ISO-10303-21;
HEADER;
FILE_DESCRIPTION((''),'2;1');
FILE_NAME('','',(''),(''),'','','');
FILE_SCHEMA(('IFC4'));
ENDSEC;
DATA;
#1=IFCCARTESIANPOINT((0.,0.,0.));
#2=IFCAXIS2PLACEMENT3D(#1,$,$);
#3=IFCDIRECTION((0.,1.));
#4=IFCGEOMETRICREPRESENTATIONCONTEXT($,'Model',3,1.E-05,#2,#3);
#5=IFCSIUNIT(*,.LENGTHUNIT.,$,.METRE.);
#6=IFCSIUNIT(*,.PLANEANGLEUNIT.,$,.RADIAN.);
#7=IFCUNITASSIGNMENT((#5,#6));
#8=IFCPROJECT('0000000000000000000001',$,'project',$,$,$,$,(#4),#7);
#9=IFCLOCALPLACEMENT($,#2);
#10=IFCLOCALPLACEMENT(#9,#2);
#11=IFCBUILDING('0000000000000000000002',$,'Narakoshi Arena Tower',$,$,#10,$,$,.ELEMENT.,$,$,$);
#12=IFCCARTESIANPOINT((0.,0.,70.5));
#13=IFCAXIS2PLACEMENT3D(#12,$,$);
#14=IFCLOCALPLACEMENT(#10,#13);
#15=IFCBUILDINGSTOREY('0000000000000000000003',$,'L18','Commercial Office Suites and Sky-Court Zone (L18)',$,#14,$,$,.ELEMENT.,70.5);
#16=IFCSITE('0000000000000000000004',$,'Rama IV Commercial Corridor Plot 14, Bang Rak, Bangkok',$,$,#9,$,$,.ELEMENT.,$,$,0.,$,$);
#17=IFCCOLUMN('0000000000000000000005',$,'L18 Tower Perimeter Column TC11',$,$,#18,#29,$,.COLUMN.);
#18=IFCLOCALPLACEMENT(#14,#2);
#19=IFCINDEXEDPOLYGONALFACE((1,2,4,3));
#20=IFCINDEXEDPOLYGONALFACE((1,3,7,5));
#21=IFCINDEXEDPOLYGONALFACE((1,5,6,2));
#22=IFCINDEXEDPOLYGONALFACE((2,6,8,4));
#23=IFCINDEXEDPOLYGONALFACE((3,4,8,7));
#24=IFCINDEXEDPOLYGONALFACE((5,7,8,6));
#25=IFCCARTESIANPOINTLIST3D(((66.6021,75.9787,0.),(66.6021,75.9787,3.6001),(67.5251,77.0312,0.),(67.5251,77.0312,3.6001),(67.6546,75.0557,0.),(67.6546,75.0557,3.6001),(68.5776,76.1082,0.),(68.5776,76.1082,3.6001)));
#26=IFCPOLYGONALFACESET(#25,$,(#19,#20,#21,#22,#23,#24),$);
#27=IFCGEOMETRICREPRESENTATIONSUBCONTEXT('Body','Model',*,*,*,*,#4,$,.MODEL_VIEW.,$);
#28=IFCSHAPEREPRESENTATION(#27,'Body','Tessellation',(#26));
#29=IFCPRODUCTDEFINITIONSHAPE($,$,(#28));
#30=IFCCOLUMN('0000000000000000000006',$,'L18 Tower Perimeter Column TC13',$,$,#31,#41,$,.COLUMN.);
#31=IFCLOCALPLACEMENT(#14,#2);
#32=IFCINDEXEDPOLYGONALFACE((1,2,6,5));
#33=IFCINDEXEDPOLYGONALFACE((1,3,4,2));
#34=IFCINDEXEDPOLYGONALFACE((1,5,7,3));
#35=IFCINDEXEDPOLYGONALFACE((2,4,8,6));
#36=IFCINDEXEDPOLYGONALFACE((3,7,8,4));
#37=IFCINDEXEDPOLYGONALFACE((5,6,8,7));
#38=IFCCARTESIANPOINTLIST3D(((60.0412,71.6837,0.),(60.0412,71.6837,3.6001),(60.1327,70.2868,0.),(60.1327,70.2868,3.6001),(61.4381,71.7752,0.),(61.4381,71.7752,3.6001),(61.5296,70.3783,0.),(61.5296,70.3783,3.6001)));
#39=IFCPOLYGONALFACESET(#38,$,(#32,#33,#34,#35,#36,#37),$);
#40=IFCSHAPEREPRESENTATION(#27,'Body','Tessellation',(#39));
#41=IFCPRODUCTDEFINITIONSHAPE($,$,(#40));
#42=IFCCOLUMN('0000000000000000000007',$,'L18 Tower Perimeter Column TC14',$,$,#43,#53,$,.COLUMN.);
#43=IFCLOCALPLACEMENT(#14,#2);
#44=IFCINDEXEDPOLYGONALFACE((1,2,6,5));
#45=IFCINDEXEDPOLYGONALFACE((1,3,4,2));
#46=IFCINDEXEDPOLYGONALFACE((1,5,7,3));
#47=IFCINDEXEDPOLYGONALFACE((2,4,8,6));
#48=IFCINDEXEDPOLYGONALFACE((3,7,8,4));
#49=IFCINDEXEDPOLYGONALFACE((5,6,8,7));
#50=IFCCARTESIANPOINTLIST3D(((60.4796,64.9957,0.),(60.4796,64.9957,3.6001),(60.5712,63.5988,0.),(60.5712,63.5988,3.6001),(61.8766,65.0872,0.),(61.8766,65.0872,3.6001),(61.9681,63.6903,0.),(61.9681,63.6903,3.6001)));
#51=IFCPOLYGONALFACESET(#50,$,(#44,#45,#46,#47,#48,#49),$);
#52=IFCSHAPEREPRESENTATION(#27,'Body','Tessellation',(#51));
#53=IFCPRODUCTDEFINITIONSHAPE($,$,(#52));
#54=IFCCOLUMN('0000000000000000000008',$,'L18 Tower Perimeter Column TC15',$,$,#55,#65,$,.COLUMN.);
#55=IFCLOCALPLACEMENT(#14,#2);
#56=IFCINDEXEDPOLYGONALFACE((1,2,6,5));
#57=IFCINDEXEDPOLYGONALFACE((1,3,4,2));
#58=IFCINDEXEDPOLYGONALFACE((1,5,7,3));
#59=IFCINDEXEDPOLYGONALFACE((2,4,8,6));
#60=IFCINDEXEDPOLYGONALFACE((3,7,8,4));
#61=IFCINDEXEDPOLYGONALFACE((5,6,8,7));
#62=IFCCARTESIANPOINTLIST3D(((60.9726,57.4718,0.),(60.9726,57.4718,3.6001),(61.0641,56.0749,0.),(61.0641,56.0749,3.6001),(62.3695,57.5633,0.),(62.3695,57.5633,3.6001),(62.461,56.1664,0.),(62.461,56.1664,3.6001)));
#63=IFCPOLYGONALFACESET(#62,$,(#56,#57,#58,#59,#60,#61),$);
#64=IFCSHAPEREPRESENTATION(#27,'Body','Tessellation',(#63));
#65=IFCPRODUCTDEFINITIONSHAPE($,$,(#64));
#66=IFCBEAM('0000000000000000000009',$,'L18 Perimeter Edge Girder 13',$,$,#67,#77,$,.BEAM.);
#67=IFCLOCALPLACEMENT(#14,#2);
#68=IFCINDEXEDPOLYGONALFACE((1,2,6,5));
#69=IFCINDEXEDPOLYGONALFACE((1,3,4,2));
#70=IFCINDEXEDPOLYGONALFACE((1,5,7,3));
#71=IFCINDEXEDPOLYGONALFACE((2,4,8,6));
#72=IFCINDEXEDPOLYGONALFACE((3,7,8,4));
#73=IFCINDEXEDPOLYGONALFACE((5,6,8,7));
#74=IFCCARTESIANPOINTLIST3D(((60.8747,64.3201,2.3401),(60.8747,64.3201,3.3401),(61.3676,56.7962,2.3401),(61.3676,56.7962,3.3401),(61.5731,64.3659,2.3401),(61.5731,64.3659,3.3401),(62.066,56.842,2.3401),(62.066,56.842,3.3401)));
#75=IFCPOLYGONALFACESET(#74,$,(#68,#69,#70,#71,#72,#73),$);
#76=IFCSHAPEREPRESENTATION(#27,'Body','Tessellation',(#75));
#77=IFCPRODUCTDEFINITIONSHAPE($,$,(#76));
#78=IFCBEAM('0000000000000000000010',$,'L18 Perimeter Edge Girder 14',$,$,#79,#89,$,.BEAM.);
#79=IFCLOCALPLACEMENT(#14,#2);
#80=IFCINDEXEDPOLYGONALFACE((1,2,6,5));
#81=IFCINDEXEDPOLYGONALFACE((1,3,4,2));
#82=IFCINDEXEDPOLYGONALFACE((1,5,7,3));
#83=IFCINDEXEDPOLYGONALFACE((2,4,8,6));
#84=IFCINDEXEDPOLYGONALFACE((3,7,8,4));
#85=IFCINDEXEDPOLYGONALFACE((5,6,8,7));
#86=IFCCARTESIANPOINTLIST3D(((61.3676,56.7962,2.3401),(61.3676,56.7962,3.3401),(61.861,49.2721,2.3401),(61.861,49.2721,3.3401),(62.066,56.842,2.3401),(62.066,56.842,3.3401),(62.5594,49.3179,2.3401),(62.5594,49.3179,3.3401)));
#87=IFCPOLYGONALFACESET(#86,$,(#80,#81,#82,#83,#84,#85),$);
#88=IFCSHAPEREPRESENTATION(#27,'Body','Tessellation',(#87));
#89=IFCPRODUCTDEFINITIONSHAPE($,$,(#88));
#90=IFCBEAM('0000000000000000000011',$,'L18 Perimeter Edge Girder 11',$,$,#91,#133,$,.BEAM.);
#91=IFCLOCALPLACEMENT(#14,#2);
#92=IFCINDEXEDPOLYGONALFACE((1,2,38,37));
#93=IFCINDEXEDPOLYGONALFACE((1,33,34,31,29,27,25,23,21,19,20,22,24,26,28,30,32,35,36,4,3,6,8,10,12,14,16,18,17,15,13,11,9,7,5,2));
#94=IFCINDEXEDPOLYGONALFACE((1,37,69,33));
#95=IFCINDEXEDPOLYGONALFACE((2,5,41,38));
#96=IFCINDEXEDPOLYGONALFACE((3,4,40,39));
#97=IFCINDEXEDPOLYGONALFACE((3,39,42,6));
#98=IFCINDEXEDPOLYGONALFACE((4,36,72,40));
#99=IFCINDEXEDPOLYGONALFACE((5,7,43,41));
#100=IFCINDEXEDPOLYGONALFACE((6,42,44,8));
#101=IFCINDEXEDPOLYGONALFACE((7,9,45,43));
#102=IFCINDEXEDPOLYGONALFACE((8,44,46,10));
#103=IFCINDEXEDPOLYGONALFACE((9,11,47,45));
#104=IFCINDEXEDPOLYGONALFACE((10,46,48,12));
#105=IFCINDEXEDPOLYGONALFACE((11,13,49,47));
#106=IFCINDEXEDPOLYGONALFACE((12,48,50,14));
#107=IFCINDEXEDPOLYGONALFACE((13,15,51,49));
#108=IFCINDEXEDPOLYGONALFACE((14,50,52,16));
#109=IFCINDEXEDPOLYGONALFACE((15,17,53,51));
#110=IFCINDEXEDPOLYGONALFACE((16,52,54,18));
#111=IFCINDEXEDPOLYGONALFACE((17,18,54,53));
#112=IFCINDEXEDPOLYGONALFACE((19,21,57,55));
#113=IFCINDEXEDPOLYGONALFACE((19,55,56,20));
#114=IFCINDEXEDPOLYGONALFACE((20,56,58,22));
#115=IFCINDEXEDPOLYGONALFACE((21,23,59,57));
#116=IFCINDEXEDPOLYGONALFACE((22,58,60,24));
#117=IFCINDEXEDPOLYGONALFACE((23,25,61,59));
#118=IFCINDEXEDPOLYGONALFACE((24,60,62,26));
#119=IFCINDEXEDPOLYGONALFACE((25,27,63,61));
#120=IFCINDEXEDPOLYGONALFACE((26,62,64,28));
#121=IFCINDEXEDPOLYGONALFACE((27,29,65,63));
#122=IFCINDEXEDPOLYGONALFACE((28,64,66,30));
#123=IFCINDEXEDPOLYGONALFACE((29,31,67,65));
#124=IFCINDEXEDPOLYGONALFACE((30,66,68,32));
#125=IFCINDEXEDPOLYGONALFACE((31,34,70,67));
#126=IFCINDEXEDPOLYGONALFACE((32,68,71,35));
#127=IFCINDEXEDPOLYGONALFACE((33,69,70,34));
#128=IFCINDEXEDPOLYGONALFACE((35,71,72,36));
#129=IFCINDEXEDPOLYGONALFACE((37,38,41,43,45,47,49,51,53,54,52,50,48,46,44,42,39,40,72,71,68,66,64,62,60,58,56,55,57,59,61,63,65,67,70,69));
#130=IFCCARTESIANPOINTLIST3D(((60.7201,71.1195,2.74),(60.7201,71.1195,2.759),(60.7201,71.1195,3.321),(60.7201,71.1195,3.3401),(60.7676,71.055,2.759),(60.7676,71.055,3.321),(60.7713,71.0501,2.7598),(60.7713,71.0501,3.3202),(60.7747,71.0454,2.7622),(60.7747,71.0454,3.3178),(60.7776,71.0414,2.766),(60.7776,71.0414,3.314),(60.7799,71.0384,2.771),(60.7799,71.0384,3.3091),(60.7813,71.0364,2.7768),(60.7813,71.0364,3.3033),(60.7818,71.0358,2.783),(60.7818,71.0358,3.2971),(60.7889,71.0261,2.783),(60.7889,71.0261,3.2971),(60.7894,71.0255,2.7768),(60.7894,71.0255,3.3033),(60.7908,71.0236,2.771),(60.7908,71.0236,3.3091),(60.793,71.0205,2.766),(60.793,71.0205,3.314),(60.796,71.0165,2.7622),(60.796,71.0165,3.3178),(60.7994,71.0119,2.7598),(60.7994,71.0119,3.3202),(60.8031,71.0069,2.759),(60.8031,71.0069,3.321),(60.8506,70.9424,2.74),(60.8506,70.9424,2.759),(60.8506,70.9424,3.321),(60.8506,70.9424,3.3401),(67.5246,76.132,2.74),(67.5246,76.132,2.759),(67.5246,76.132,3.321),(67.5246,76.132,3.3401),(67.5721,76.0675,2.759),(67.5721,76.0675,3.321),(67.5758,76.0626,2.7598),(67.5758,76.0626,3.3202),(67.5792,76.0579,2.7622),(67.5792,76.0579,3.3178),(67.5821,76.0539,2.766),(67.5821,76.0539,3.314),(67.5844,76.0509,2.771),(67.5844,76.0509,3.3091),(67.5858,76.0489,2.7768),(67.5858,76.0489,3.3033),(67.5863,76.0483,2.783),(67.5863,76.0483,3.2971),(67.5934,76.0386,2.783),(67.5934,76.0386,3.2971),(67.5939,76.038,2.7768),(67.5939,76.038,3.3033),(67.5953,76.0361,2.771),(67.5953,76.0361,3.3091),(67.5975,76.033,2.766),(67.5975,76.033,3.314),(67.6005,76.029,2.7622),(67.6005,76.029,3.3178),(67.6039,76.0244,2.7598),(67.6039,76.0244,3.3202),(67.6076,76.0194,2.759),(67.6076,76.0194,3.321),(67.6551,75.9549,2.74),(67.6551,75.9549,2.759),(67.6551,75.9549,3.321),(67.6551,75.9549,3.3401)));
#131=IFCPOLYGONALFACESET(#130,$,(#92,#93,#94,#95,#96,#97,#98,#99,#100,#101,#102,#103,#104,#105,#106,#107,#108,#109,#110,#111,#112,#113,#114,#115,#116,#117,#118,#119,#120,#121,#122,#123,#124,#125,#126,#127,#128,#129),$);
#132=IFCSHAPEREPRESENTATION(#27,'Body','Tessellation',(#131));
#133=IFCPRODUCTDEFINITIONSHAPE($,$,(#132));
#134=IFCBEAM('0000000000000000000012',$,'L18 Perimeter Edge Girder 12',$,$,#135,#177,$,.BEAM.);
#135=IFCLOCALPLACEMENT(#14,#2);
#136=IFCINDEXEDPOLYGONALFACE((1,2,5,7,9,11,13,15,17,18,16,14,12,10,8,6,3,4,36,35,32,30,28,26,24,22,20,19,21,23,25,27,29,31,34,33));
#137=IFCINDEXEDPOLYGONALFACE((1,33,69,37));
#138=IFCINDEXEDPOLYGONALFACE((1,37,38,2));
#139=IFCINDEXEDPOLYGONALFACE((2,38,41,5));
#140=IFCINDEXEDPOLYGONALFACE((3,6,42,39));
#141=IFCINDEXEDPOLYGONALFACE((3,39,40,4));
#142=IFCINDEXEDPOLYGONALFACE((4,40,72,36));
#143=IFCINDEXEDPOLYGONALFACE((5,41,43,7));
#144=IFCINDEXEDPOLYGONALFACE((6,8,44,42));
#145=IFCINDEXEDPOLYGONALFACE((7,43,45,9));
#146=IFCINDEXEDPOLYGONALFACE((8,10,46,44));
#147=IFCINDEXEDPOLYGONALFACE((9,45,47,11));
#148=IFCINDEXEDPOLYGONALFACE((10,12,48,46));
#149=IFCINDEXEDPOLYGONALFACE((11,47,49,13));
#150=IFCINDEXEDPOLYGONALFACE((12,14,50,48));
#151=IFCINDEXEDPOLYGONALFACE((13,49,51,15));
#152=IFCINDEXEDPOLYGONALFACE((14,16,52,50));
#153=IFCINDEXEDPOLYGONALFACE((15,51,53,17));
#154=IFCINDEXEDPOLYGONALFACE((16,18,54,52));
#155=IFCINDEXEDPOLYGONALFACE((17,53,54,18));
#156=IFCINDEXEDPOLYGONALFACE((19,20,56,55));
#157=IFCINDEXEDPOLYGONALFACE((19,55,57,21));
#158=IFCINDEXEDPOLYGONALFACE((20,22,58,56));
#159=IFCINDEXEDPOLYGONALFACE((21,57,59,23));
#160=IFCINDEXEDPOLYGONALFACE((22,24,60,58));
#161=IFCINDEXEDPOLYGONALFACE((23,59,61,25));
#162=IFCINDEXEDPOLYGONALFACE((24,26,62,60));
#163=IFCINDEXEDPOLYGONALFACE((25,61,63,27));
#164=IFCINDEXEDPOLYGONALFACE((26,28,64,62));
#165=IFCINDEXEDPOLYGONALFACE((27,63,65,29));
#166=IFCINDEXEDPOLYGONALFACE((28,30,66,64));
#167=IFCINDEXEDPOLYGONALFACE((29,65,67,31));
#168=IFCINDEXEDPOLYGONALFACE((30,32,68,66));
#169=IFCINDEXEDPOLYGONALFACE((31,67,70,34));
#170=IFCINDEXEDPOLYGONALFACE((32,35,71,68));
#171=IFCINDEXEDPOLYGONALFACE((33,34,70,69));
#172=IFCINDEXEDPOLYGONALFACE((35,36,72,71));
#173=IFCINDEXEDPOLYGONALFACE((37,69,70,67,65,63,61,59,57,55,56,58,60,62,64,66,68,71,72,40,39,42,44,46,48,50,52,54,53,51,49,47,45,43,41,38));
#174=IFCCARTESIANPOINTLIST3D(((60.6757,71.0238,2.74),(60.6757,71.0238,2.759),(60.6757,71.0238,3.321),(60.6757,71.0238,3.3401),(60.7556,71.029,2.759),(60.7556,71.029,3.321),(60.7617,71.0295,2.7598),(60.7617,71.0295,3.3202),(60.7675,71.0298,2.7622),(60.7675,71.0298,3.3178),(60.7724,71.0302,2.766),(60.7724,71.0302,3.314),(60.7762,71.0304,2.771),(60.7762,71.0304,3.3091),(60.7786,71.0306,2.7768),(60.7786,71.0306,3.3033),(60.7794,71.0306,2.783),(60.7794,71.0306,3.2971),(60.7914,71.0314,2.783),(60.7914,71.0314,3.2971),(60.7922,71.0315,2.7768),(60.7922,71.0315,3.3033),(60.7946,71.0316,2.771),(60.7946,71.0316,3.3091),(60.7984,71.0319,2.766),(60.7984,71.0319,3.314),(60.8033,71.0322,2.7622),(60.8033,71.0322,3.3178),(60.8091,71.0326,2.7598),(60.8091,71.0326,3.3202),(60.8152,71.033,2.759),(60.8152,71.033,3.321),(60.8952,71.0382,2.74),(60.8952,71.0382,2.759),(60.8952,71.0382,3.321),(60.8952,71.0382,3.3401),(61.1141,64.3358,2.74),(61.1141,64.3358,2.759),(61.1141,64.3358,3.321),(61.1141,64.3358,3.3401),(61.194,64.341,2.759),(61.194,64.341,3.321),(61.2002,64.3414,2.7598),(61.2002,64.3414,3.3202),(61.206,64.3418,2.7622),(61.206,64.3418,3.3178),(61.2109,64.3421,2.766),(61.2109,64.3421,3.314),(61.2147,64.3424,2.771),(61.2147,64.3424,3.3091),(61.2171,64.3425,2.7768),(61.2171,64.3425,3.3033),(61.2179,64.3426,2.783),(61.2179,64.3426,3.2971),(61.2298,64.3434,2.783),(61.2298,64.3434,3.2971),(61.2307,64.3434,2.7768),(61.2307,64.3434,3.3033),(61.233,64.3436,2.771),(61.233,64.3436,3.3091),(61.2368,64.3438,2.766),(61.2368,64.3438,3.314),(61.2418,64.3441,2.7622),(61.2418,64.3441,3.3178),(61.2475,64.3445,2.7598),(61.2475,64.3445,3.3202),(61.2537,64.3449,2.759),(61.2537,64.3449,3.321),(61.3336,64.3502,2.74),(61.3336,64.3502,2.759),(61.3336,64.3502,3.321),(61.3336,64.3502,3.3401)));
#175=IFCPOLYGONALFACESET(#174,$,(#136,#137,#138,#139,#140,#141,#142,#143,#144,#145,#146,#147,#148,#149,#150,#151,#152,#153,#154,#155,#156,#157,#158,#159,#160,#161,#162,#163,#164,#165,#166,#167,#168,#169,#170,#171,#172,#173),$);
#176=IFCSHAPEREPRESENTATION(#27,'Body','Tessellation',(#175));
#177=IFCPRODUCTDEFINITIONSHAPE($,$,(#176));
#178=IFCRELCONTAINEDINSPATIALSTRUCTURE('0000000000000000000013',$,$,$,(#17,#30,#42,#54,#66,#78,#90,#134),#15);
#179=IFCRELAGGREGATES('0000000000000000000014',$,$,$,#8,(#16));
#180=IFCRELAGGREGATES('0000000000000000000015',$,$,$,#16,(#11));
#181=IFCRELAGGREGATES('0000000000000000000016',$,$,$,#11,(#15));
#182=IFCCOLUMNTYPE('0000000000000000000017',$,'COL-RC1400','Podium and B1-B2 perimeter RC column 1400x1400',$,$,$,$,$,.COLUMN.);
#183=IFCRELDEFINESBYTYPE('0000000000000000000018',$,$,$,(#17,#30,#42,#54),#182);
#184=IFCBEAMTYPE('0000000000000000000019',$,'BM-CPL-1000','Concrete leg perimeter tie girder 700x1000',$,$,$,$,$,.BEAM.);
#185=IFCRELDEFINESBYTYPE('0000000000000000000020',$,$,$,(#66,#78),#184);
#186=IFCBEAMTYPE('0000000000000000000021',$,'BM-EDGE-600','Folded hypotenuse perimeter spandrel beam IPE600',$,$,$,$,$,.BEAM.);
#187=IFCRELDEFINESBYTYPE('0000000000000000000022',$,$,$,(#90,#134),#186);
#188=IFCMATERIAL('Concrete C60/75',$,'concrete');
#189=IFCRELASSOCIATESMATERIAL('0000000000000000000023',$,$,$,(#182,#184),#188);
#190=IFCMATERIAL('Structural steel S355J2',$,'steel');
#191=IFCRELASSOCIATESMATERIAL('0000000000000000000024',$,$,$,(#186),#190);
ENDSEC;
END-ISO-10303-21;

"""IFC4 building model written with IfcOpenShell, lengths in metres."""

from ifc_helpers import new_model, si_unit, direction, frame, origin, origin_2d, place, context, subcontext, project, spatial, rectangle, i_section, extrude, material, material_profile, profile_set, type_object, element, save


model = new_model("IFC4")

# Units and contexts
model_context = context("Model", 3, precision=1e-05, world=origin(), true_north=direction((0.0, 1.0)))
body_context = subcontext(model_context, "Body", "Model", "MODEL_VIEW")
ifc_project = project(units=[si_unit("LENGTHUNIT", "METRE"), si_unit("PLANEANGLEUNIT", "RADIAN")], contexts=[model_context])

# Site, building, storey
site_placement = place(None, origin())
site = spatial("IfcSite", under=ifc_project, at=site_placement, Name="Rama IV Commercial Corridor Plot 14, Bang Rak, Bangkok", CompositionType="ELEMENT", RefElevation=0.0)
building_placement = place(site_placement, origin())
building = spatial("IfcBuilding", under=site, at=building_placement, Name="Narakoshi Arena Tower", CompositionType="ELEMENT")
storey_placement = place(building_placement, frame((0.0, 0.0, 70.5)))
storey = spatial("IfcBuildingStorey", under=building, at=storey_placement, Name="L18", Description="Commercial Office Suites and Sky-Court Zone (L18)", CompositionType="ELEMENT", Elevation=70.5)

# Columns
ifc_material_1 = material(Name="Concrete C60/75", Category="concrete")
ifc_material_profile_1 = material_profile(ifc_material_1, rectangle(XDim=1.3999, YDim=1.3999, at=origin_2d()), Name="RC1400x1400")
ifc_profile_set_1 = profile_set([ifc_material_profile_1], Name="Concrete C60/75")
column_type = type_object("IfcColumnType", Name="COL-RC1400", Description="Podium and B1-B2 perimeter RC column 1400x1400", PredefinedType="COLUMN", material=ifc_profile_set_1)
for number, where, z_axis, x_axis, name in (
    (1, (67.5898, 76.0435, 0.0), (0.0, 0.0, 1.0), (0.659346, 0.75184, 0.0), "L18 Tower Perimeter Column TC11"),
    (2, (60.7854, 71.031, 0.0), (0.0, 0.0, 1.0), (-0.065403, 0.997859, 0.0), "L18 Tower Perimeter Column TC13"),
    (3, (61.2239, 64.343, 0.0), (0.0, 0.0, 1.0), (-0.065403, 0.997859, 0.0), "L18 Tower Perimeter Column TC14"),
    (4, (61.7168, 56.8191, 0.0), (0.0, 0.0, 1.0), (-0.065403, 0.997859, 0.0), "L18 Tower Perimeter Column TC15"),
):
    element("IfcColumn", number, at=place(storey_placement, frame(where, z_axis=z_axis, x_axis=x_axis)), inside=storey, type_object=column_type, Name=name, PredefinedType="COLUMN", context=body_context, shape_type="SweptSolid", body=[
        extrude(rectangle(XDim=1.3999, YDim=1.3999, at=origin_2d()), origin(), (0.0, 0.0, 1.0), 3.6001),
    ])

# Beams
ifc_material_profile_2 = material_profile(ifc_material_1, rectangle(XDim=0.7, YDim=1.0, at=origin_2d()), Name="RCB700x1000")
ifc_profile_set_2 = profile_set([ifc_material_profile_2], Name="Concrete C60/75")
beam_type_1 = type_object("IfcBeamType", Name="BM-CPL-1000", Description="Concrete leg perimeter tie girder 700x1000", PredefinedType="BEAM", material=ifc_profile_set_2)
beam_1_placement = place(storey_placement, frame((61.2239, 64.343, 2.8401), z_axis=(0.065374, -0.997861, 0.0), x_axis=(0.997861, 0.065374, 0.0)))
element("IfcBeam", 5, at=beam_1_placement, inside=storey, type_object=beam_type_1, Name="L18 Perimeter Edge Girder 13", PredefinedType="BEAM", context=body_context, shape_type="SweptSolid", body=[
    extrude(rectangle(XDim=0.7, YDim=1.0, at=origin_2d()), origin(), (0.0, 0.0, 1.0), 7.54),
])
beam_2_placement = place(storey_placement, frame((61.7168, 56.8191, 2.8401), z_axis=(0.065436, -0.997857, 0.0), x_axis=(0.997857, 0.065436, 0.0)))
element("IfcBeam", 6, at=beam_2_placement, inside=storey, type_object=beam_type_1, Name="L18 Perimeter Edge Girder 14", PredefinedType="BEAM", context=body_context, shape_type="SweptSolid", body=[
    extrude(rectangle(XDim=0.7, YDim=1.0, at=origin_2d()), origin(), (0.0, 0.0, 1.0), 7.5403),
])
ifc_material_2 = material(Name="Structural steel S355J2", Category="steel")
ifc_material_profile_3 = material_profile(ifc_material_2, i_section(OverallWidth=0.22, OverallDepth=0.6001, WebThickness=0.012, FlangeThickness=0.019, FilletRadius=0.0239, at=origin_2d()), Name="IPE600")
ifc_profile_set_3 = profile_set([ifc_material_profile_3], Name="Structural steel S355J2")
beam_type_2 = type_object("IfcBeamType", Name="BM-EDGE-600", Description="Folded hypotenuse perimeter spandrel beam IPE600", PredefinedType="BEAM", material=ifc_profile_set_3)
beam_3_placement = place(storey_placement, frame((67.5898, 76.0435, 3.04), z_axis=(-0.805132, -0.593096, 0.0), x_axis=(0.593096, -0.805132, 0.0)))
element("IfcBeam", 7, at=beam_3_placement, inside=storey, type_object=beam_type_2, Name="L18 Perimeter Edge Girder 11", PredefinedType="BEAM", context=body_context, shape_type="SweptSolid", body=[
    extrude(i_section(OverallWidth=0.22, OverallDepth=0.6001, WebThickness=0.012, FlangeThickness=0.019, FilletRadius=0.0239, at=origin_2d()), origin(), (0.0, 0.0, 1.0), 8.4514),
])
beam_4_placement = place(storey_placement, frame((60.7854, 71.031, 3.04), z_axis=(0.065421, -0.997858, 0.0), x_axis=(0.997858, 0.065421, 0.0)))
element("IfcBeam", 8, at=beam_4_placement, inside=storey, type_object=beam_type_2, Name="L18 Perimeter Edge Girder 12", PredefinedType="BEAM", context=body_context, shape_type="SweptSolid", body=[
    extrude(i_section(OverallWidth=0.22, OverallDepth=0.6001, WebThickness=0.012, FlangeThickness=0.019, FilletRadius=0.0239, at=origin_2d()), origin(), (0.0, 0.0, 1.0), 6.7024),
])

save(model, "model.ifc")
